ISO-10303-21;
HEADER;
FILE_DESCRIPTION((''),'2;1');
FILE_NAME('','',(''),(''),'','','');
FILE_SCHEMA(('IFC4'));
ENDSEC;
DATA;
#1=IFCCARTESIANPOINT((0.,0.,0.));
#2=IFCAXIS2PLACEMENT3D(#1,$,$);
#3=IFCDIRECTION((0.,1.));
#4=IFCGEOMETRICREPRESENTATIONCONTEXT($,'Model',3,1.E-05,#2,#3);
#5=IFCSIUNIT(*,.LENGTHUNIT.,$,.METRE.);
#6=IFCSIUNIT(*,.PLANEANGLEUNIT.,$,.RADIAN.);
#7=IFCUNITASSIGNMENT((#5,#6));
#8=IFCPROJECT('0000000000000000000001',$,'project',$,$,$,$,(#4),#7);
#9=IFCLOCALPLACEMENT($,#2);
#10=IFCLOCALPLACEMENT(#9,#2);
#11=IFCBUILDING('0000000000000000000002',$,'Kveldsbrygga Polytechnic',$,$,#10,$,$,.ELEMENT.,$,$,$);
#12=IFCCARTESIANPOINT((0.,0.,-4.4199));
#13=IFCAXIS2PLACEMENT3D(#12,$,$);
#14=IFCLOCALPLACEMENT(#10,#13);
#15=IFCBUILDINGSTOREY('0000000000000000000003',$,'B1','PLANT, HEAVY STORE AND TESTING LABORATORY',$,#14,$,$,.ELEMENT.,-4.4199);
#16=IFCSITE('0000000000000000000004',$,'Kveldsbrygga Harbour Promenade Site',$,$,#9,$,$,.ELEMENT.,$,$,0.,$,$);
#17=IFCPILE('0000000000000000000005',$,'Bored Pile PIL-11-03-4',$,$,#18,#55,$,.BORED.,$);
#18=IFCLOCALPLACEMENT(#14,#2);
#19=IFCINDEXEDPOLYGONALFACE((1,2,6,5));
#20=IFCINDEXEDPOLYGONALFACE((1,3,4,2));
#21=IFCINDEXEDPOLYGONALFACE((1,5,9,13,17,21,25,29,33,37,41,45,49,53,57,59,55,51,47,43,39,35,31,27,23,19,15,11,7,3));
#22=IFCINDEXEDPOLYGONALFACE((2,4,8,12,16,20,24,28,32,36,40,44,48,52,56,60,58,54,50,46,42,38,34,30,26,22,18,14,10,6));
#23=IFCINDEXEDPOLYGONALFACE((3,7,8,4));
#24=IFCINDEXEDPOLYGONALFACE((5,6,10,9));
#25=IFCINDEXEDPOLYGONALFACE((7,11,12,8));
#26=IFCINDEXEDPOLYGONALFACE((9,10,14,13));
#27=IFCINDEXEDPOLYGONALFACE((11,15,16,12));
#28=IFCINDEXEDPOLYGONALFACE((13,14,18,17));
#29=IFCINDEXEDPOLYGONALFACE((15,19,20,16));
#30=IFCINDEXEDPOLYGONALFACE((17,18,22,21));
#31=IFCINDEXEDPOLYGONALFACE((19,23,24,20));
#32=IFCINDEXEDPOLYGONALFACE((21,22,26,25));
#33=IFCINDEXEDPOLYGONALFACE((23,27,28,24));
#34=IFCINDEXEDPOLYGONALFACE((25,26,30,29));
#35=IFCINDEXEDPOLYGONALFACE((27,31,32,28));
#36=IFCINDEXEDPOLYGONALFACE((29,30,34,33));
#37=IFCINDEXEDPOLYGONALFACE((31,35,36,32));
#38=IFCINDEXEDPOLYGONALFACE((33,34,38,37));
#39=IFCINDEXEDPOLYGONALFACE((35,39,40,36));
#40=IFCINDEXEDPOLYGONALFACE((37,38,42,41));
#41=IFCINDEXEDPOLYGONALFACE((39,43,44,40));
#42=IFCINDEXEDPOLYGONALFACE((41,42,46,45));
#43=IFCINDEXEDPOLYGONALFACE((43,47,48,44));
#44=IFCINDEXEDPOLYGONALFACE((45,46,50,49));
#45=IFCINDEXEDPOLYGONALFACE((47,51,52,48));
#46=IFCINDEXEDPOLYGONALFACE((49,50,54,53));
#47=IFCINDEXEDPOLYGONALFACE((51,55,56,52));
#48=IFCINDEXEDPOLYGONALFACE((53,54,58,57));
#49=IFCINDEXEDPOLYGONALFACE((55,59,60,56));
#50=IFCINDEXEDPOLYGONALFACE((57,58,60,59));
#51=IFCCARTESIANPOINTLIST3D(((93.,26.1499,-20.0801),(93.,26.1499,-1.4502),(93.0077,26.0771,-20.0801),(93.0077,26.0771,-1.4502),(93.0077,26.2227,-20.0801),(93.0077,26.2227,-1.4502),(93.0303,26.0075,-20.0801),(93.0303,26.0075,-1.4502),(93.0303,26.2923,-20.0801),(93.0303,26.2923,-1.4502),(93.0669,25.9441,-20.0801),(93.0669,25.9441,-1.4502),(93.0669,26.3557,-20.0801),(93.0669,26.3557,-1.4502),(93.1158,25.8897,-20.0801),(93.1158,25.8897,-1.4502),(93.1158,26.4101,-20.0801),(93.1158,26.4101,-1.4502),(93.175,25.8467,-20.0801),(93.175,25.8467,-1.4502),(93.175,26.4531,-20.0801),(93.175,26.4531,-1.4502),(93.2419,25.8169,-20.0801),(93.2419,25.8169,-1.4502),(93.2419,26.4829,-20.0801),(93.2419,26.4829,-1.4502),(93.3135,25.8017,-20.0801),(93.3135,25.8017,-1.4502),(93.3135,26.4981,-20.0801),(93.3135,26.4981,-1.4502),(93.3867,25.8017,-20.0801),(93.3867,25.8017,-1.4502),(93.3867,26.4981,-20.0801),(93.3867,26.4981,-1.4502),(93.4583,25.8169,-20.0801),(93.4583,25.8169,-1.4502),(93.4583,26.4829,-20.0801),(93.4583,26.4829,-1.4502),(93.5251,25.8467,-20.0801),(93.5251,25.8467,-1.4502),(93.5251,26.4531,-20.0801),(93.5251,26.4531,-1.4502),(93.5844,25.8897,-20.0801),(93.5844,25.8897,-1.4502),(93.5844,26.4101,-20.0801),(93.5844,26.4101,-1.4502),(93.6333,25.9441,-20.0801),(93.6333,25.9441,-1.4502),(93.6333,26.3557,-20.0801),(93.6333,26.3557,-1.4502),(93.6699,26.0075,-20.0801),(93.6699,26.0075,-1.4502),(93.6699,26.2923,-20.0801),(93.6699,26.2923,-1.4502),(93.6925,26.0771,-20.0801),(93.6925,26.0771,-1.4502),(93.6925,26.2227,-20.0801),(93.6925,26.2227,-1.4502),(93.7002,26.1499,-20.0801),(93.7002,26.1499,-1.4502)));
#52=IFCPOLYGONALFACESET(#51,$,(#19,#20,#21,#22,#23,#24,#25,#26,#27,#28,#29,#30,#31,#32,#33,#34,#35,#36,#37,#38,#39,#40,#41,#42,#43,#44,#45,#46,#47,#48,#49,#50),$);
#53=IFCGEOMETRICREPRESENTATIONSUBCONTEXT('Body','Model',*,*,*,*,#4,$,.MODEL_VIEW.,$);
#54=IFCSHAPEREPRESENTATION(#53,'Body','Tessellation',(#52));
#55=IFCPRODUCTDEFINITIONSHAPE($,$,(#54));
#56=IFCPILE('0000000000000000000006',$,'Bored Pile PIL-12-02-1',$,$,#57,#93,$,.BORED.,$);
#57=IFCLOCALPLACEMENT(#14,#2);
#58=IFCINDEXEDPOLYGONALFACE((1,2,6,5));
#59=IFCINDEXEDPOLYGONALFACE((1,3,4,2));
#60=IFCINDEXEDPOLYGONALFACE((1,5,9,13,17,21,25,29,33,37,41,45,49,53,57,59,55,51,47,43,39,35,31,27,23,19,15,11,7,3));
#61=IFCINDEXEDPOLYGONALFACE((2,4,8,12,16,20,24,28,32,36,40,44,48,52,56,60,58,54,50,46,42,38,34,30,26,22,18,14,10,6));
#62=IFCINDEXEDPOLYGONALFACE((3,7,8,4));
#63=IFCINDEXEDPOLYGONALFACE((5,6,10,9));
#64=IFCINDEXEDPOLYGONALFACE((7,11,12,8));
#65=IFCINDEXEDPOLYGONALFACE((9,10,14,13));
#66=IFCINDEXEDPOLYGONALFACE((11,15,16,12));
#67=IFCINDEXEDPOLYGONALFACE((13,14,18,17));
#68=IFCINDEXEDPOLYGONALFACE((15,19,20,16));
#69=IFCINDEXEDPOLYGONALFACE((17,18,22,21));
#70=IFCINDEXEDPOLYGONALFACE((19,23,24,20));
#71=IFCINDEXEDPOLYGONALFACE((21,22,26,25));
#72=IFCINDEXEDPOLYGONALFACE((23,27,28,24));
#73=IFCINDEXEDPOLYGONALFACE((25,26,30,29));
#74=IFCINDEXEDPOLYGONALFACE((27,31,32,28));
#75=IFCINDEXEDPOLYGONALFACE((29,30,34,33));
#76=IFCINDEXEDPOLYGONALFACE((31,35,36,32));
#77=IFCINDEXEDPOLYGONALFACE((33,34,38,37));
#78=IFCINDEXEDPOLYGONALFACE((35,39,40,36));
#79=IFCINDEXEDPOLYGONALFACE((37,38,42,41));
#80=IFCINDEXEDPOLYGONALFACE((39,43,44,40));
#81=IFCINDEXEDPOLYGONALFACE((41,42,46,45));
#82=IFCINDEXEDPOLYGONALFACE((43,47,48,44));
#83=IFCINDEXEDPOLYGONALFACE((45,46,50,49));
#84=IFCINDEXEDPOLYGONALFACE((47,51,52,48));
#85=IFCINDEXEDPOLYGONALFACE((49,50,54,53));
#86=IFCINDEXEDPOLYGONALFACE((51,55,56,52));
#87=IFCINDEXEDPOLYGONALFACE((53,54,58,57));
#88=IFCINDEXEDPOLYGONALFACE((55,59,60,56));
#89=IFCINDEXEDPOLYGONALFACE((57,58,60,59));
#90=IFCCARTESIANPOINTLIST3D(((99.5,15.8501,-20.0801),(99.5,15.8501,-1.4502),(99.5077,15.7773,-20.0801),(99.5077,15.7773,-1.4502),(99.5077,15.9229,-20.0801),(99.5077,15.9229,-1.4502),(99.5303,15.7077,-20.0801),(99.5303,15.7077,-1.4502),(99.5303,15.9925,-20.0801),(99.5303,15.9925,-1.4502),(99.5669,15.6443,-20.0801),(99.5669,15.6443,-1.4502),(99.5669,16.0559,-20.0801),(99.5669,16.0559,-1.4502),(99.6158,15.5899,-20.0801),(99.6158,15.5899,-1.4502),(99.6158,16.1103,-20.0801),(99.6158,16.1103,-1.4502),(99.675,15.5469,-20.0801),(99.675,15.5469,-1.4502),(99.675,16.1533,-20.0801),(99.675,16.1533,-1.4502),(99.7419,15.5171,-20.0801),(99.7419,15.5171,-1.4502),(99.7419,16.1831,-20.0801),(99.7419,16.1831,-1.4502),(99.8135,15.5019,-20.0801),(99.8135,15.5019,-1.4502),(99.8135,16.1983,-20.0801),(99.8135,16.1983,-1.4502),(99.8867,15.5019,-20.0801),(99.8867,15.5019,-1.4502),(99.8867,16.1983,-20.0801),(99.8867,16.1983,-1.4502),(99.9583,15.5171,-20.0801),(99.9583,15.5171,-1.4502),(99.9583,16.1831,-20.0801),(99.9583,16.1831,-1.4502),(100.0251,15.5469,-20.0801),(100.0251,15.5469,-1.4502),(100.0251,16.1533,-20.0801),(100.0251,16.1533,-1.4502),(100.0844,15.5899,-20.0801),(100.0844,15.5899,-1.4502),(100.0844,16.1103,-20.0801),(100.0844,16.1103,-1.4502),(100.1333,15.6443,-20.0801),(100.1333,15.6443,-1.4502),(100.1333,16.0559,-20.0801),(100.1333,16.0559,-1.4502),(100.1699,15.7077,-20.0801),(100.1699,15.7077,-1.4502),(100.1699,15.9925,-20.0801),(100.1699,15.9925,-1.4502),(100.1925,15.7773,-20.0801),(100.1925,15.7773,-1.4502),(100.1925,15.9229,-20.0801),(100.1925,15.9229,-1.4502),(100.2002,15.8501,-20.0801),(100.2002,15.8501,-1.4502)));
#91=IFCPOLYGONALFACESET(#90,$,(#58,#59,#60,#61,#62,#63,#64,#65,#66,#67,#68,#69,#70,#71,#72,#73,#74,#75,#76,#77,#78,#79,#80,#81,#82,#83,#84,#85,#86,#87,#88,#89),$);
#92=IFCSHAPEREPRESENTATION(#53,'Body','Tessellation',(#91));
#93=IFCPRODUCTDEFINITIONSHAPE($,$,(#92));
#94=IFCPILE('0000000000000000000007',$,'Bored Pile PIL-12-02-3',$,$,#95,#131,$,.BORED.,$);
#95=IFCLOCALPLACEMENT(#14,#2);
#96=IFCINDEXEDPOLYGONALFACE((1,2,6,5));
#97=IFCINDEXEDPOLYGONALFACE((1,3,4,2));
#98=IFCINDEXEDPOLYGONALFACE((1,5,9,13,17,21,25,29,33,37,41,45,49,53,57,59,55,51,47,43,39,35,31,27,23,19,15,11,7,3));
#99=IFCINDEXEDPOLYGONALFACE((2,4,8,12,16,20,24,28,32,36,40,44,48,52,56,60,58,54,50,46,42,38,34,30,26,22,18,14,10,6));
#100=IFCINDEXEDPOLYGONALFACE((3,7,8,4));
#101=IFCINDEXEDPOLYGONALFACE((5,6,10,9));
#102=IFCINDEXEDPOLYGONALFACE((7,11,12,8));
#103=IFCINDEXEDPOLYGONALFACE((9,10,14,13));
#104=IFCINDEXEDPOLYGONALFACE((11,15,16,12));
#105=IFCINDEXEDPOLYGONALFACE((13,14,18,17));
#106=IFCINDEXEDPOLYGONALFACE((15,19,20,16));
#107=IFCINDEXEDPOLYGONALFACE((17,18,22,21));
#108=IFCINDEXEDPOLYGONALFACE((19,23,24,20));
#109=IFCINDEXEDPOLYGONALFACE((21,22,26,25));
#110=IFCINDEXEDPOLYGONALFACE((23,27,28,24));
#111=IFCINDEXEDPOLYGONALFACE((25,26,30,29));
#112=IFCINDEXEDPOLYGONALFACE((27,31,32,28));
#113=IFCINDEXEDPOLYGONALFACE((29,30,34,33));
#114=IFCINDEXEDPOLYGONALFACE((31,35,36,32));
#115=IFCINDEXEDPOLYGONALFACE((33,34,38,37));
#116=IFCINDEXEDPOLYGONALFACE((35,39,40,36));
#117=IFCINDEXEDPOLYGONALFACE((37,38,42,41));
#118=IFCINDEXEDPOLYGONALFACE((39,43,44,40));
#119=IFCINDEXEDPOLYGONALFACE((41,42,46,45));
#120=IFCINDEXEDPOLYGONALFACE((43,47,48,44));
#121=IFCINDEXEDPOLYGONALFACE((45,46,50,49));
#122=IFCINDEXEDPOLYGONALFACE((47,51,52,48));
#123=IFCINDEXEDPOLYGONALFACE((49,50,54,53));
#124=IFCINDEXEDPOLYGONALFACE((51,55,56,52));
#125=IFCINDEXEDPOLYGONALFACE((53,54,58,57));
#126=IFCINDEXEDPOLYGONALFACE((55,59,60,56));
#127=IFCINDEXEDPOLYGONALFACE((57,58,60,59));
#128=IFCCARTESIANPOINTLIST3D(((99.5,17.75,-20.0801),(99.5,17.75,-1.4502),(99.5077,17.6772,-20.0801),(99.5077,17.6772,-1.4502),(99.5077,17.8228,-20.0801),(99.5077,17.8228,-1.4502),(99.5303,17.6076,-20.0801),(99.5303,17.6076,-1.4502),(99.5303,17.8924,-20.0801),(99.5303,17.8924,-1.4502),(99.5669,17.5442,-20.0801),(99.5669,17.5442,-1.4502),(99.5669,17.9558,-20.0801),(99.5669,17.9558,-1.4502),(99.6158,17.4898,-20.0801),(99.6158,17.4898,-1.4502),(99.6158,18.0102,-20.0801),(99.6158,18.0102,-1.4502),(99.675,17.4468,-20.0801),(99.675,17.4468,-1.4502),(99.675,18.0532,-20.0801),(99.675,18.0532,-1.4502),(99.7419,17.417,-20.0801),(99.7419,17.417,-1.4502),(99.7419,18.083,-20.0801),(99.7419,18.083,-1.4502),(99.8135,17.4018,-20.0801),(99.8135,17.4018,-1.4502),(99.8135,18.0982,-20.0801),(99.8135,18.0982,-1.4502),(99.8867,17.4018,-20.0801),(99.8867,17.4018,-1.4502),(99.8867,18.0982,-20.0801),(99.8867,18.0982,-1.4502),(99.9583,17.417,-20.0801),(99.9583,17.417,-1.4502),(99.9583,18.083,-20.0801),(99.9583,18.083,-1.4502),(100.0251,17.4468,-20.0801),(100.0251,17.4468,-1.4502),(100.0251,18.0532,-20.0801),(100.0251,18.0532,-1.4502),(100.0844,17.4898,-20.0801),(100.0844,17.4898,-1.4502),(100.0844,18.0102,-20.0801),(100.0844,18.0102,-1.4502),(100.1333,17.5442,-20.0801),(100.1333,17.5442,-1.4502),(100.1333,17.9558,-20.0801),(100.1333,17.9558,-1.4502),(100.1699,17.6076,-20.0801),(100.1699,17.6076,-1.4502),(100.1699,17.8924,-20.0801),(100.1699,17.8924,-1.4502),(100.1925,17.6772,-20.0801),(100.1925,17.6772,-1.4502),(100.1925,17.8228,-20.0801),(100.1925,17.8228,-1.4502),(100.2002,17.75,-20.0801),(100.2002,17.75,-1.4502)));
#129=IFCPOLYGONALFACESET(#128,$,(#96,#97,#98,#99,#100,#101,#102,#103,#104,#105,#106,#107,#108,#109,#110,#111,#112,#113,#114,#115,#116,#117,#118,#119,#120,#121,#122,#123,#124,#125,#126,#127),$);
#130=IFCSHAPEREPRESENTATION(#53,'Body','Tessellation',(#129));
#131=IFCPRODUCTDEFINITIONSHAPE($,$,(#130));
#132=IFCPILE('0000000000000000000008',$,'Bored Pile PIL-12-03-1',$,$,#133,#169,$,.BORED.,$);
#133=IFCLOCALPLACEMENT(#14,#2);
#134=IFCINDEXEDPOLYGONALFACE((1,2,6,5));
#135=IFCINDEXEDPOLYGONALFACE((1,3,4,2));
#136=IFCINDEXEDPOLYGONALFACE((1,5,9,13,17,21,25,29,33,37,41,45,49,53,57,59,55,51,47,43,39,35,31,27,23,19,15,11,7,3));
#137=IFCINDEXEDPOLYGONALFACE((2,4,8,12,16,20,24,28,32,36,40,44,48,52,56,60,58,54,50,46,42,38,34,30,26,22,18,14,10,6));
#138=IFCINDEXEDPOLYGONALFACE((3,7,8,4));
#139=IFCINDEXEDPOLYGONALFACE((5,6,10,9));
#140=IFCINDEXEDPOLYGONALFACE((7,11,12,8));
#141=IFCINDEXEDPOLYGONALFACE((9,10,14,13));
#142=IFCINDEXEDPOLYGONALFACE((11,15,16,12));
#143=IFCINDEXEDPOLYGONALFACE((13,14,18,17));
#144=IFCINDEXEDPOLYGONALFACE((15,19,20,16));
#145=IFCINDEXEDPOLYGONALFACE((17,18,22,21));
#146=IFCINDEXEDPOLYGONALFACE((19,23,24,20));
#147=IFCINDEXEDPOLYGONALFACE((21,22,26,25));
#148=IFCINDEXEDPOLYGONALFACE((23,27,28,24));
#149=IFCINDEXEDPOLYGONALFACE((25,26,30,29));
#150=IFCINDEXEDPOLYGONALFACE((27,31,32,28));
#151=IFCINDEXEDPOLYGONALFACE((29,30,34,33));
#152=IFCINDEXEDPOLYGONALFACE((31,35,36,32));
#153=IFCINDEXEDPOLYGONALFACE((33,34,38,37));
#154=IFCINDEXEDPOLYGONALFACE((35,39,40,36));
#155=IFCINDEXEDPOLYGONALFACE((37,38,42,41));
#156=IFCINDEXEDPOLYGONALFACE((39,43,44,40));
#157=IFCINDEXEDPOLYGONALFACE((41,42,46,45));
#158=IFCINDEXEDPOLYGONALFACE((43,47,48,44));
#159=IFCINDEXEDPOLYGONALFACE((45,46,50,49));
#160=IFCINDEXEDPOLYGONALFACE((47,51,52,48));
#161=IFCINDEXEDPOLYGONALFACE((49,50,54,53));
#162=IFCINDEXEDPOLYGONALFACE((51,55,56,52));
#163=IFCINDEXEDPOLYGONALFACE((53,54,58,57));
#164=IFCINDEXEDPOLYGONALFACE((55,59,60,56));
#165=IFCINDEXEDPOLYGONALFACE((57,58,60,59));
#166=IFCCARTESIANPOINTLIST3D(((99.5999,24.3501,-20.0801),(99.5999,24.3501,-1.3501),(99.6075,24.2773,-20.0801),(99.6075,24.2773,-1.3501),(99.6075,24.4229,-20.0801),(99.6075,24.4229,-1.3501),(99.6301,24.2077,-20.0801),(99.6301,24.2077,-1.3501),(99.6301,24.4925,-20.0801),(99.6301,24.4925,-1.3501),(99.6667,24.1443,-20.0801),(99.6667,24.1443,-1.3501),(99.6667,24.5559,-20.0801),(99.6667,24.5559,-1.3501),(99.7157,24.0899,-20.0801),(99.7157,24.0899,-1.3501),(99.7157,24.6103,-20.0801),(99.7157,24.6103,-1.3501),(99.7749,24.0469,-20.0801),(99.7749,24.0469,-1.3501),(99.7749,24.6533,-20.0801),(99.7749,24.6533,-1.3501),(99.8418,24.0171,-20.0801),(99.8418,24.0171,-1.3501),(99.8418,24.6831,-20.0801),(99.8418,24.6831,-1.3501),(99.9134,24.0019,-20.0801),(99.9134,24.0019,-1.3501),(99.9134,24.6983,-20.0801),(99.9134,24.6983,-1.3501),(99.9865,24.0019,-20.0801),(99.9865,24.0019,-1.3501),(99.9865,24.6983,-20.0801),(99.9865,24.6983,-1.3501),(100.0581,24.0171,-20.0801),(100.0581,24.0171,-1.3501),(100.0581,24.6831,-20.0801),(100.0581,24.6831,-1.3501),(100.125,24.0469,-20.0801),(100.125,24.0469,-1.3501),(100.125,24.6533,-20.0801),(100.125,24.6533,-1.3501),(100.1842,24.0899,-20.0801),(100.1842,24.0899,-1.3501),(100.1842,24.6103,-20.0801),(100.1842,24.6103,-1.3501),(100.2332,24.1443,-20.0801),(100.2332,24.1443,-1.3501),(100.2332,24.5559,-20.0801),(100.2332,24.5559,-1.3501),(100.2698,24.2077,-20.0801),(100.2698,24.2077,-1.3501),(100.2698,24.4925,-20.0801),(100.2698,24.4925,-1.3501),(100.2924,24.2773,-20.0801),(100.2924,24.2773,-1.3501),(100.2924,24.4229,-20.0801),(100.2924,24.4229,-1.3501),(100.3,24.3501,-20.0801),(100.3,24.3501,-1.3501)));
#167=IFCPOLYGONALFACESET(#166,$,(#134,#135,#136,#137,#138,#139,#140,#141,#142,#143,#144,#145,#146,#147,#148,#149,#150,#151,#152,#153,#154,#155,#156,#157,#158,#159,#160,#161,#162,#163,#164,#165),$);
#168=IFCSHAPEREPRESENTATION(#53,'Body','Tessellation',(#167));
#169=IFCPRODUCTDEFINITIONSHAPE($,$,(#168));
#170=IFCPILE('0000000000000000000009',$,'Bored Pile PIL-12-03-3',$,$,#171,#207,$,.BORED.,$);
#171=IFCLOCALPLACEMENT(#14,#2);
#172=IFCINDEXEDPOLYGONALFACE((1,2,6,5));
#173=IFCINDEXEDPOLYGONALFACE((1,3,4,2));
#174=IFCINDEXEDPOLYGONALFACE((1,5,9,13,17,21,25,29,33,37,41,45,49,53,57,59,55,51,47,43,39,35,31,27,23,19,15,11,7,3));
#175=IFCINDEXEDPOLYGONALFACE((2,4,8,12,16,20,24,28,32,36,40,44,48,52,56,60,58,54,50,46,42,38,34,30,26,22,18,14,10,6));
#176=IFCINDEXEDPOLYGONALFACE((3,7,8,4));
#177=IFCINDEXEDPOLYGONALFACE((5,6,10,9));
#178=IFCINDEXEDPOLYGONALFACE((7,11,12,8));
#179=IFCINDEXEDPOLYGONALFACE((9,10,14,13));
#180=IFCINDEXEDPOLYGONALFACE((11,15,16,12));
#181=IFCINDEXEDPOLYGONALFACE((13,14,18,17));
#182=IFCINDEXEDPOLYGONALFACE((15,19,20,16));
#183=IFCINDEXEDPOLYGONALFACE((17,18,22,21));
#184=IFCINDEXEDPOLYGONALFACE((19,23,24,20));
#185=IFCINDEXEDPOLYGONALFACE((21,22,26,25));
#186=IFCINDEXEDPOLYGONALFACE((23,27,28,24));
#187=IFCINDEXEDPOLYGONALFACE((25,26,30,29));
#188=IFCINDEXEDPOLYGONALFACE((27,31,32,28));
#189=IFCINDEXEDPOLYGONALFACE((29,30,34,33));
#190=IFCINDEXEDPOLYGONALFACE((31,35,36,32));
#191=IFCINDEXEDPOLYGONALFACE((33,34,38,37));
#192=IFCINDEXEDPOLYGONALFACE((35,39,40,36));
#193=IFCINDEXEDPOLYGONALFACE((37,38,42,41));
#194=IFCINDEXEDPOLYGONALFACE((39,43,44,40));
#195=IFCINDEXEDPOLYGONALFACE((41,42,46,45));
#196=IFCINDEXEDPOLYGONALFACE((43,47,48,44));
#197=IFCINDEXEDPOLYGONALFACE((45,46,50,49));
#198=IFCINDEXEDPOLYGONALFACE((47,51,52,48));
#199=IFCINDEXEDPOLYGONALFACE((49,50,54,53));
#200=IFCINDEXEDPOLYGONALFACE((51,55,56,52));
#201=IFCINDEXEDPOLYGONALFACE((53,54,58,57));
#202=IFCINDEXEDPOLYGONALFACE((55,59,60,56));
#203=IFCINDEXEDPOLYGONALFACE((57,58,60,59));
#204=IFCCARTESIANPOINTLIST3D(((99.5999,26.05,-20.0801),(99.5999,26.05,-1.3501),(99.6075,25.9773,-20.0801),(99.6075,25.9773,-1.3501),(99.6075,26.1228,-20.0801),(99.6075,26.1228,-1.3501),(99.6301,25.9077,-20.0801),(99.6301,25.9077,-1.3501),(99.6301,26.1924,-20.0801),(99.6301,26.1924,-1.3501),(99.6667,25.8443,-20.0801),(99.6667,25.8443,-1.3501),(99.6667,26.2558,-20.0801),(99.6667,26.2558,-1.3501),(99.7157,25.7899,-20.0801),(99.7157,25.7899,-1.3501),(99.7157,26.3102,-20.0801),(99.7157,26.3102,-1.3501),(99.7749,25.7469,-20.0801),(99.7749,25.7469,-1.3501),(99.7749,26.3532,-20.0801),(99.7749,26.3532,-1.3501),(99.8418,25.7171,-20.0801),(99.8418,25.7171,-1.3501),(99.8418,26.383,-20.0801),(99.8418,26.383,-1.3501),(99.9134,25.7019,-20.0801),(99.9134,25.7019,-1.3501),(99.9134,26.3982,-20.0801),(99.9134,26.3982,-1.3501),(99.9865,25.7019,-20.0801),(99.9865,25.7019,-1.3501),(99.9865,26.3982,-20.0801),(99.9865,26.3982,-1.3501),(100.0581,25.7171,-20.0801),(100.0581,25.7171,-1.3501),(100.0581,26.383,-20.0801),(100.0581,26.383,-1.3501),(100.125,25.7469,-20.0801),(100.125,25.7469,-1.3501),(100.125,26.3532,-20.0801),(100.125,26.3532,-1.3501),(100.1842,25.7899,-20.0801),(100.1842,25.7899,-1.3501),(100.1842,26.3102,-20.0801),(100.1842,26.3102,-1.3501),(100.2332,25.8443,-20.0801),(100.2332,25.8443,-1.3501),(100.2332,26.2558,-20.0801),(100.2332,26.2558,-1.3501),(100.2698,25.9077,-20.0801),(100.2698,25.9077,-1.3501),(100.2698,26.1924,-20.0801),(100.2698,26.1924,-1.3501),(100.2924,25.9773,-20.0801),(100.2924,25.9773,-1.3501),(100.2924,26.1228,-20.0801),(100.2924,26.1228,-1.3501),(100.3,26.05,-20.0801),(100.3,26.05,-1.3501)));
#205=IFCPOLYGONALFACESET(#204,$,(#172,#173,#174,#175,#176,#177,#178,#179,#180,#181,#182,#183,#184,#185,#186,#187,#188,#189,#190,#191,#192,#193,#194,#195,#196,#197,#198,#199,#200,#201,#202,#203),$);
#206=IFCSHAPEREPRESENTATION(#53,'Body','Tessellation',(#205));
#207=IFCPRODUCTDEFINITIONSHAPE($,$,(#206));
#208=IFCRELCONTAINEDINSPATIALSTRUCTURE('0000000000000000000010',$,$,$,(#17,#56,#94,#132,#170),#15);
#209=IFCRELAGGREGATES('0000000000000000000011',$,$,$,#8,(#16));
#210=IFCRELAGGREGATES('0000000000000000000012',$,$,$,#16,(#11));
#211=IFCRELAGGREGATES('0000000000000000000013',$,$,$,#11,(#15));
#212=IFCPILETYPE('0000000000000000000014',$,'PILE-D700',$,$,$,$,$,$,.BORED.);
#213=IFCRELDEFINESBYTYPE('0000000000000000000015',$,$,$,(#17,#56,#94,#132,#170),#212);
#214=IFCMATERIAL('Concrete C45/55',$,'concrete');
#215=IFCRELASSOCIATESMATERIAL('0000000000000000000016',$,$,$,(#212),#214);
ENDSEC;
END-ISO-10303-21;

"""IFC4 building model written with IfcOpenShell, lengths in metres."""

from ifc_helpers import new_model, si_unit, direction, frame, origin, origin_2d, place, context, subcontext, project, spatial, circle, extrude, material, material_profile, profile_set, type_object, element, save


model = new_model("IFC4")

# Units and contexts
model_context = context("Model", 3, precision=1e-05, world=origin(), true_north=direction((0.0, 1.0)))
body_context = subcontext(model_context, "Body", "Model", "MODEL_VIEW")
ifc_project = project(units=[si_unit("LENGTHUNIT", "METRE"), si_unit("PLANEANGLEUNIT", "RADIAN")], contexts=[model_context])

# Site, building, storey
site_placement = place(None, origin())
site = spatial("IfcSite", under=ifc_project, at=site_placement, Name="Kveldsbrygga Harbour Promenade Site", CompositionType="ELEMENT", RefElevation=0.0)
building_placement = place(site_placement, origin())
building = spatial("IfcBuilding", under=site, at=building_placement, Name="Kveldsbrygga Polytechnic", CompositionType="ELEMENT")
storey_placement = place(building_placement, frame((0.0, 0.0, -4.4199)))
storey = spatial("IfcBuildingStorey", under=building, at=storey_placement, Name="B1", Description="PLANT, HEAVY STORE AND TESTING LABORATORY", CompositionType="ELEMENT", Elevation=-4.4199)

# Shared definitions
ifc_material_1 = material(Name="Concrete C45/55", Category="concrete")

# Piles
ifc_material_profile_1 = material_profile(ifc_material_1, circle(Radius=0.3501, at=origin_2d()), Name="PILE D700")
ifc_profile_set_1 = profile_set([ifc_material_profile_1], Name="Concrete C45/55")
pile_type = type_object("IfcPileType", Name="PILE-D700", PredefinedType="BORED", material=ifc_profile_set_1)
for number, where, z_axis, x_axis, name in (
    (1, (93.3501, 26.1499, -1.4502), (0.0, 0.0, -1.0), (1.0, 0.0, 0.0), "Bored Pile PIL-11-03-4"),
    (2, (99.8501, 15.8501, -1.4502), (0.0, 0.0, -1.0), (1.0, 0.0, 0.0), "Bored Pile PIL-12-02-1"),
    (3, (99.8501, 17.75, -1.4502), (0.0, 0.0, -1.0), (1.0, 0.0, 0.0), "Bored Pile PIL-12-02-3"),
):
    element("IfcPile", number, at=place(storey_placement, frame(where, z_axis=z_axis, x_axis=x_axis)), inside=storey, type_object=pile_type, Name=name, PredefinedType="BORED", context=body_context, shape_type="SweptSolid", body=[
        extrude(circle(Radius=0.3501, at=origin_2d()), origin(), (0.0, 0.0, 1.0), 18.6299),
    ])
for number, where, z_axis, x_axis, name in (
    (4, (99.95, 24.3501, -1.3501), (0.0, 0.0, -1.0), (1.0, 0.0, 0.0), "Bored Pile PIL-12-03-1"),
    (5, (99.95, 26.05, -1.3501), (0.0, 0.0, -1.0), (1.0, 0.0, 0.0), "Bored Pile PIL-12-03-3"),
):
    element("IfcPile", number, at=place(storey_placement, frame(where, z_axis=z_axis, x_axis=x_axis)), inside=storey, type_object=pile_type, Name=name, PredefinedType="BORED", context=body_context, shape_type="SweptSolid", body=[
        extrude(circle(Radius=0.3501, at=origin_2d()), origin(), (0.0, 0.0, 1.0), 18.73),
    ])

save(model, "model.ifc")
